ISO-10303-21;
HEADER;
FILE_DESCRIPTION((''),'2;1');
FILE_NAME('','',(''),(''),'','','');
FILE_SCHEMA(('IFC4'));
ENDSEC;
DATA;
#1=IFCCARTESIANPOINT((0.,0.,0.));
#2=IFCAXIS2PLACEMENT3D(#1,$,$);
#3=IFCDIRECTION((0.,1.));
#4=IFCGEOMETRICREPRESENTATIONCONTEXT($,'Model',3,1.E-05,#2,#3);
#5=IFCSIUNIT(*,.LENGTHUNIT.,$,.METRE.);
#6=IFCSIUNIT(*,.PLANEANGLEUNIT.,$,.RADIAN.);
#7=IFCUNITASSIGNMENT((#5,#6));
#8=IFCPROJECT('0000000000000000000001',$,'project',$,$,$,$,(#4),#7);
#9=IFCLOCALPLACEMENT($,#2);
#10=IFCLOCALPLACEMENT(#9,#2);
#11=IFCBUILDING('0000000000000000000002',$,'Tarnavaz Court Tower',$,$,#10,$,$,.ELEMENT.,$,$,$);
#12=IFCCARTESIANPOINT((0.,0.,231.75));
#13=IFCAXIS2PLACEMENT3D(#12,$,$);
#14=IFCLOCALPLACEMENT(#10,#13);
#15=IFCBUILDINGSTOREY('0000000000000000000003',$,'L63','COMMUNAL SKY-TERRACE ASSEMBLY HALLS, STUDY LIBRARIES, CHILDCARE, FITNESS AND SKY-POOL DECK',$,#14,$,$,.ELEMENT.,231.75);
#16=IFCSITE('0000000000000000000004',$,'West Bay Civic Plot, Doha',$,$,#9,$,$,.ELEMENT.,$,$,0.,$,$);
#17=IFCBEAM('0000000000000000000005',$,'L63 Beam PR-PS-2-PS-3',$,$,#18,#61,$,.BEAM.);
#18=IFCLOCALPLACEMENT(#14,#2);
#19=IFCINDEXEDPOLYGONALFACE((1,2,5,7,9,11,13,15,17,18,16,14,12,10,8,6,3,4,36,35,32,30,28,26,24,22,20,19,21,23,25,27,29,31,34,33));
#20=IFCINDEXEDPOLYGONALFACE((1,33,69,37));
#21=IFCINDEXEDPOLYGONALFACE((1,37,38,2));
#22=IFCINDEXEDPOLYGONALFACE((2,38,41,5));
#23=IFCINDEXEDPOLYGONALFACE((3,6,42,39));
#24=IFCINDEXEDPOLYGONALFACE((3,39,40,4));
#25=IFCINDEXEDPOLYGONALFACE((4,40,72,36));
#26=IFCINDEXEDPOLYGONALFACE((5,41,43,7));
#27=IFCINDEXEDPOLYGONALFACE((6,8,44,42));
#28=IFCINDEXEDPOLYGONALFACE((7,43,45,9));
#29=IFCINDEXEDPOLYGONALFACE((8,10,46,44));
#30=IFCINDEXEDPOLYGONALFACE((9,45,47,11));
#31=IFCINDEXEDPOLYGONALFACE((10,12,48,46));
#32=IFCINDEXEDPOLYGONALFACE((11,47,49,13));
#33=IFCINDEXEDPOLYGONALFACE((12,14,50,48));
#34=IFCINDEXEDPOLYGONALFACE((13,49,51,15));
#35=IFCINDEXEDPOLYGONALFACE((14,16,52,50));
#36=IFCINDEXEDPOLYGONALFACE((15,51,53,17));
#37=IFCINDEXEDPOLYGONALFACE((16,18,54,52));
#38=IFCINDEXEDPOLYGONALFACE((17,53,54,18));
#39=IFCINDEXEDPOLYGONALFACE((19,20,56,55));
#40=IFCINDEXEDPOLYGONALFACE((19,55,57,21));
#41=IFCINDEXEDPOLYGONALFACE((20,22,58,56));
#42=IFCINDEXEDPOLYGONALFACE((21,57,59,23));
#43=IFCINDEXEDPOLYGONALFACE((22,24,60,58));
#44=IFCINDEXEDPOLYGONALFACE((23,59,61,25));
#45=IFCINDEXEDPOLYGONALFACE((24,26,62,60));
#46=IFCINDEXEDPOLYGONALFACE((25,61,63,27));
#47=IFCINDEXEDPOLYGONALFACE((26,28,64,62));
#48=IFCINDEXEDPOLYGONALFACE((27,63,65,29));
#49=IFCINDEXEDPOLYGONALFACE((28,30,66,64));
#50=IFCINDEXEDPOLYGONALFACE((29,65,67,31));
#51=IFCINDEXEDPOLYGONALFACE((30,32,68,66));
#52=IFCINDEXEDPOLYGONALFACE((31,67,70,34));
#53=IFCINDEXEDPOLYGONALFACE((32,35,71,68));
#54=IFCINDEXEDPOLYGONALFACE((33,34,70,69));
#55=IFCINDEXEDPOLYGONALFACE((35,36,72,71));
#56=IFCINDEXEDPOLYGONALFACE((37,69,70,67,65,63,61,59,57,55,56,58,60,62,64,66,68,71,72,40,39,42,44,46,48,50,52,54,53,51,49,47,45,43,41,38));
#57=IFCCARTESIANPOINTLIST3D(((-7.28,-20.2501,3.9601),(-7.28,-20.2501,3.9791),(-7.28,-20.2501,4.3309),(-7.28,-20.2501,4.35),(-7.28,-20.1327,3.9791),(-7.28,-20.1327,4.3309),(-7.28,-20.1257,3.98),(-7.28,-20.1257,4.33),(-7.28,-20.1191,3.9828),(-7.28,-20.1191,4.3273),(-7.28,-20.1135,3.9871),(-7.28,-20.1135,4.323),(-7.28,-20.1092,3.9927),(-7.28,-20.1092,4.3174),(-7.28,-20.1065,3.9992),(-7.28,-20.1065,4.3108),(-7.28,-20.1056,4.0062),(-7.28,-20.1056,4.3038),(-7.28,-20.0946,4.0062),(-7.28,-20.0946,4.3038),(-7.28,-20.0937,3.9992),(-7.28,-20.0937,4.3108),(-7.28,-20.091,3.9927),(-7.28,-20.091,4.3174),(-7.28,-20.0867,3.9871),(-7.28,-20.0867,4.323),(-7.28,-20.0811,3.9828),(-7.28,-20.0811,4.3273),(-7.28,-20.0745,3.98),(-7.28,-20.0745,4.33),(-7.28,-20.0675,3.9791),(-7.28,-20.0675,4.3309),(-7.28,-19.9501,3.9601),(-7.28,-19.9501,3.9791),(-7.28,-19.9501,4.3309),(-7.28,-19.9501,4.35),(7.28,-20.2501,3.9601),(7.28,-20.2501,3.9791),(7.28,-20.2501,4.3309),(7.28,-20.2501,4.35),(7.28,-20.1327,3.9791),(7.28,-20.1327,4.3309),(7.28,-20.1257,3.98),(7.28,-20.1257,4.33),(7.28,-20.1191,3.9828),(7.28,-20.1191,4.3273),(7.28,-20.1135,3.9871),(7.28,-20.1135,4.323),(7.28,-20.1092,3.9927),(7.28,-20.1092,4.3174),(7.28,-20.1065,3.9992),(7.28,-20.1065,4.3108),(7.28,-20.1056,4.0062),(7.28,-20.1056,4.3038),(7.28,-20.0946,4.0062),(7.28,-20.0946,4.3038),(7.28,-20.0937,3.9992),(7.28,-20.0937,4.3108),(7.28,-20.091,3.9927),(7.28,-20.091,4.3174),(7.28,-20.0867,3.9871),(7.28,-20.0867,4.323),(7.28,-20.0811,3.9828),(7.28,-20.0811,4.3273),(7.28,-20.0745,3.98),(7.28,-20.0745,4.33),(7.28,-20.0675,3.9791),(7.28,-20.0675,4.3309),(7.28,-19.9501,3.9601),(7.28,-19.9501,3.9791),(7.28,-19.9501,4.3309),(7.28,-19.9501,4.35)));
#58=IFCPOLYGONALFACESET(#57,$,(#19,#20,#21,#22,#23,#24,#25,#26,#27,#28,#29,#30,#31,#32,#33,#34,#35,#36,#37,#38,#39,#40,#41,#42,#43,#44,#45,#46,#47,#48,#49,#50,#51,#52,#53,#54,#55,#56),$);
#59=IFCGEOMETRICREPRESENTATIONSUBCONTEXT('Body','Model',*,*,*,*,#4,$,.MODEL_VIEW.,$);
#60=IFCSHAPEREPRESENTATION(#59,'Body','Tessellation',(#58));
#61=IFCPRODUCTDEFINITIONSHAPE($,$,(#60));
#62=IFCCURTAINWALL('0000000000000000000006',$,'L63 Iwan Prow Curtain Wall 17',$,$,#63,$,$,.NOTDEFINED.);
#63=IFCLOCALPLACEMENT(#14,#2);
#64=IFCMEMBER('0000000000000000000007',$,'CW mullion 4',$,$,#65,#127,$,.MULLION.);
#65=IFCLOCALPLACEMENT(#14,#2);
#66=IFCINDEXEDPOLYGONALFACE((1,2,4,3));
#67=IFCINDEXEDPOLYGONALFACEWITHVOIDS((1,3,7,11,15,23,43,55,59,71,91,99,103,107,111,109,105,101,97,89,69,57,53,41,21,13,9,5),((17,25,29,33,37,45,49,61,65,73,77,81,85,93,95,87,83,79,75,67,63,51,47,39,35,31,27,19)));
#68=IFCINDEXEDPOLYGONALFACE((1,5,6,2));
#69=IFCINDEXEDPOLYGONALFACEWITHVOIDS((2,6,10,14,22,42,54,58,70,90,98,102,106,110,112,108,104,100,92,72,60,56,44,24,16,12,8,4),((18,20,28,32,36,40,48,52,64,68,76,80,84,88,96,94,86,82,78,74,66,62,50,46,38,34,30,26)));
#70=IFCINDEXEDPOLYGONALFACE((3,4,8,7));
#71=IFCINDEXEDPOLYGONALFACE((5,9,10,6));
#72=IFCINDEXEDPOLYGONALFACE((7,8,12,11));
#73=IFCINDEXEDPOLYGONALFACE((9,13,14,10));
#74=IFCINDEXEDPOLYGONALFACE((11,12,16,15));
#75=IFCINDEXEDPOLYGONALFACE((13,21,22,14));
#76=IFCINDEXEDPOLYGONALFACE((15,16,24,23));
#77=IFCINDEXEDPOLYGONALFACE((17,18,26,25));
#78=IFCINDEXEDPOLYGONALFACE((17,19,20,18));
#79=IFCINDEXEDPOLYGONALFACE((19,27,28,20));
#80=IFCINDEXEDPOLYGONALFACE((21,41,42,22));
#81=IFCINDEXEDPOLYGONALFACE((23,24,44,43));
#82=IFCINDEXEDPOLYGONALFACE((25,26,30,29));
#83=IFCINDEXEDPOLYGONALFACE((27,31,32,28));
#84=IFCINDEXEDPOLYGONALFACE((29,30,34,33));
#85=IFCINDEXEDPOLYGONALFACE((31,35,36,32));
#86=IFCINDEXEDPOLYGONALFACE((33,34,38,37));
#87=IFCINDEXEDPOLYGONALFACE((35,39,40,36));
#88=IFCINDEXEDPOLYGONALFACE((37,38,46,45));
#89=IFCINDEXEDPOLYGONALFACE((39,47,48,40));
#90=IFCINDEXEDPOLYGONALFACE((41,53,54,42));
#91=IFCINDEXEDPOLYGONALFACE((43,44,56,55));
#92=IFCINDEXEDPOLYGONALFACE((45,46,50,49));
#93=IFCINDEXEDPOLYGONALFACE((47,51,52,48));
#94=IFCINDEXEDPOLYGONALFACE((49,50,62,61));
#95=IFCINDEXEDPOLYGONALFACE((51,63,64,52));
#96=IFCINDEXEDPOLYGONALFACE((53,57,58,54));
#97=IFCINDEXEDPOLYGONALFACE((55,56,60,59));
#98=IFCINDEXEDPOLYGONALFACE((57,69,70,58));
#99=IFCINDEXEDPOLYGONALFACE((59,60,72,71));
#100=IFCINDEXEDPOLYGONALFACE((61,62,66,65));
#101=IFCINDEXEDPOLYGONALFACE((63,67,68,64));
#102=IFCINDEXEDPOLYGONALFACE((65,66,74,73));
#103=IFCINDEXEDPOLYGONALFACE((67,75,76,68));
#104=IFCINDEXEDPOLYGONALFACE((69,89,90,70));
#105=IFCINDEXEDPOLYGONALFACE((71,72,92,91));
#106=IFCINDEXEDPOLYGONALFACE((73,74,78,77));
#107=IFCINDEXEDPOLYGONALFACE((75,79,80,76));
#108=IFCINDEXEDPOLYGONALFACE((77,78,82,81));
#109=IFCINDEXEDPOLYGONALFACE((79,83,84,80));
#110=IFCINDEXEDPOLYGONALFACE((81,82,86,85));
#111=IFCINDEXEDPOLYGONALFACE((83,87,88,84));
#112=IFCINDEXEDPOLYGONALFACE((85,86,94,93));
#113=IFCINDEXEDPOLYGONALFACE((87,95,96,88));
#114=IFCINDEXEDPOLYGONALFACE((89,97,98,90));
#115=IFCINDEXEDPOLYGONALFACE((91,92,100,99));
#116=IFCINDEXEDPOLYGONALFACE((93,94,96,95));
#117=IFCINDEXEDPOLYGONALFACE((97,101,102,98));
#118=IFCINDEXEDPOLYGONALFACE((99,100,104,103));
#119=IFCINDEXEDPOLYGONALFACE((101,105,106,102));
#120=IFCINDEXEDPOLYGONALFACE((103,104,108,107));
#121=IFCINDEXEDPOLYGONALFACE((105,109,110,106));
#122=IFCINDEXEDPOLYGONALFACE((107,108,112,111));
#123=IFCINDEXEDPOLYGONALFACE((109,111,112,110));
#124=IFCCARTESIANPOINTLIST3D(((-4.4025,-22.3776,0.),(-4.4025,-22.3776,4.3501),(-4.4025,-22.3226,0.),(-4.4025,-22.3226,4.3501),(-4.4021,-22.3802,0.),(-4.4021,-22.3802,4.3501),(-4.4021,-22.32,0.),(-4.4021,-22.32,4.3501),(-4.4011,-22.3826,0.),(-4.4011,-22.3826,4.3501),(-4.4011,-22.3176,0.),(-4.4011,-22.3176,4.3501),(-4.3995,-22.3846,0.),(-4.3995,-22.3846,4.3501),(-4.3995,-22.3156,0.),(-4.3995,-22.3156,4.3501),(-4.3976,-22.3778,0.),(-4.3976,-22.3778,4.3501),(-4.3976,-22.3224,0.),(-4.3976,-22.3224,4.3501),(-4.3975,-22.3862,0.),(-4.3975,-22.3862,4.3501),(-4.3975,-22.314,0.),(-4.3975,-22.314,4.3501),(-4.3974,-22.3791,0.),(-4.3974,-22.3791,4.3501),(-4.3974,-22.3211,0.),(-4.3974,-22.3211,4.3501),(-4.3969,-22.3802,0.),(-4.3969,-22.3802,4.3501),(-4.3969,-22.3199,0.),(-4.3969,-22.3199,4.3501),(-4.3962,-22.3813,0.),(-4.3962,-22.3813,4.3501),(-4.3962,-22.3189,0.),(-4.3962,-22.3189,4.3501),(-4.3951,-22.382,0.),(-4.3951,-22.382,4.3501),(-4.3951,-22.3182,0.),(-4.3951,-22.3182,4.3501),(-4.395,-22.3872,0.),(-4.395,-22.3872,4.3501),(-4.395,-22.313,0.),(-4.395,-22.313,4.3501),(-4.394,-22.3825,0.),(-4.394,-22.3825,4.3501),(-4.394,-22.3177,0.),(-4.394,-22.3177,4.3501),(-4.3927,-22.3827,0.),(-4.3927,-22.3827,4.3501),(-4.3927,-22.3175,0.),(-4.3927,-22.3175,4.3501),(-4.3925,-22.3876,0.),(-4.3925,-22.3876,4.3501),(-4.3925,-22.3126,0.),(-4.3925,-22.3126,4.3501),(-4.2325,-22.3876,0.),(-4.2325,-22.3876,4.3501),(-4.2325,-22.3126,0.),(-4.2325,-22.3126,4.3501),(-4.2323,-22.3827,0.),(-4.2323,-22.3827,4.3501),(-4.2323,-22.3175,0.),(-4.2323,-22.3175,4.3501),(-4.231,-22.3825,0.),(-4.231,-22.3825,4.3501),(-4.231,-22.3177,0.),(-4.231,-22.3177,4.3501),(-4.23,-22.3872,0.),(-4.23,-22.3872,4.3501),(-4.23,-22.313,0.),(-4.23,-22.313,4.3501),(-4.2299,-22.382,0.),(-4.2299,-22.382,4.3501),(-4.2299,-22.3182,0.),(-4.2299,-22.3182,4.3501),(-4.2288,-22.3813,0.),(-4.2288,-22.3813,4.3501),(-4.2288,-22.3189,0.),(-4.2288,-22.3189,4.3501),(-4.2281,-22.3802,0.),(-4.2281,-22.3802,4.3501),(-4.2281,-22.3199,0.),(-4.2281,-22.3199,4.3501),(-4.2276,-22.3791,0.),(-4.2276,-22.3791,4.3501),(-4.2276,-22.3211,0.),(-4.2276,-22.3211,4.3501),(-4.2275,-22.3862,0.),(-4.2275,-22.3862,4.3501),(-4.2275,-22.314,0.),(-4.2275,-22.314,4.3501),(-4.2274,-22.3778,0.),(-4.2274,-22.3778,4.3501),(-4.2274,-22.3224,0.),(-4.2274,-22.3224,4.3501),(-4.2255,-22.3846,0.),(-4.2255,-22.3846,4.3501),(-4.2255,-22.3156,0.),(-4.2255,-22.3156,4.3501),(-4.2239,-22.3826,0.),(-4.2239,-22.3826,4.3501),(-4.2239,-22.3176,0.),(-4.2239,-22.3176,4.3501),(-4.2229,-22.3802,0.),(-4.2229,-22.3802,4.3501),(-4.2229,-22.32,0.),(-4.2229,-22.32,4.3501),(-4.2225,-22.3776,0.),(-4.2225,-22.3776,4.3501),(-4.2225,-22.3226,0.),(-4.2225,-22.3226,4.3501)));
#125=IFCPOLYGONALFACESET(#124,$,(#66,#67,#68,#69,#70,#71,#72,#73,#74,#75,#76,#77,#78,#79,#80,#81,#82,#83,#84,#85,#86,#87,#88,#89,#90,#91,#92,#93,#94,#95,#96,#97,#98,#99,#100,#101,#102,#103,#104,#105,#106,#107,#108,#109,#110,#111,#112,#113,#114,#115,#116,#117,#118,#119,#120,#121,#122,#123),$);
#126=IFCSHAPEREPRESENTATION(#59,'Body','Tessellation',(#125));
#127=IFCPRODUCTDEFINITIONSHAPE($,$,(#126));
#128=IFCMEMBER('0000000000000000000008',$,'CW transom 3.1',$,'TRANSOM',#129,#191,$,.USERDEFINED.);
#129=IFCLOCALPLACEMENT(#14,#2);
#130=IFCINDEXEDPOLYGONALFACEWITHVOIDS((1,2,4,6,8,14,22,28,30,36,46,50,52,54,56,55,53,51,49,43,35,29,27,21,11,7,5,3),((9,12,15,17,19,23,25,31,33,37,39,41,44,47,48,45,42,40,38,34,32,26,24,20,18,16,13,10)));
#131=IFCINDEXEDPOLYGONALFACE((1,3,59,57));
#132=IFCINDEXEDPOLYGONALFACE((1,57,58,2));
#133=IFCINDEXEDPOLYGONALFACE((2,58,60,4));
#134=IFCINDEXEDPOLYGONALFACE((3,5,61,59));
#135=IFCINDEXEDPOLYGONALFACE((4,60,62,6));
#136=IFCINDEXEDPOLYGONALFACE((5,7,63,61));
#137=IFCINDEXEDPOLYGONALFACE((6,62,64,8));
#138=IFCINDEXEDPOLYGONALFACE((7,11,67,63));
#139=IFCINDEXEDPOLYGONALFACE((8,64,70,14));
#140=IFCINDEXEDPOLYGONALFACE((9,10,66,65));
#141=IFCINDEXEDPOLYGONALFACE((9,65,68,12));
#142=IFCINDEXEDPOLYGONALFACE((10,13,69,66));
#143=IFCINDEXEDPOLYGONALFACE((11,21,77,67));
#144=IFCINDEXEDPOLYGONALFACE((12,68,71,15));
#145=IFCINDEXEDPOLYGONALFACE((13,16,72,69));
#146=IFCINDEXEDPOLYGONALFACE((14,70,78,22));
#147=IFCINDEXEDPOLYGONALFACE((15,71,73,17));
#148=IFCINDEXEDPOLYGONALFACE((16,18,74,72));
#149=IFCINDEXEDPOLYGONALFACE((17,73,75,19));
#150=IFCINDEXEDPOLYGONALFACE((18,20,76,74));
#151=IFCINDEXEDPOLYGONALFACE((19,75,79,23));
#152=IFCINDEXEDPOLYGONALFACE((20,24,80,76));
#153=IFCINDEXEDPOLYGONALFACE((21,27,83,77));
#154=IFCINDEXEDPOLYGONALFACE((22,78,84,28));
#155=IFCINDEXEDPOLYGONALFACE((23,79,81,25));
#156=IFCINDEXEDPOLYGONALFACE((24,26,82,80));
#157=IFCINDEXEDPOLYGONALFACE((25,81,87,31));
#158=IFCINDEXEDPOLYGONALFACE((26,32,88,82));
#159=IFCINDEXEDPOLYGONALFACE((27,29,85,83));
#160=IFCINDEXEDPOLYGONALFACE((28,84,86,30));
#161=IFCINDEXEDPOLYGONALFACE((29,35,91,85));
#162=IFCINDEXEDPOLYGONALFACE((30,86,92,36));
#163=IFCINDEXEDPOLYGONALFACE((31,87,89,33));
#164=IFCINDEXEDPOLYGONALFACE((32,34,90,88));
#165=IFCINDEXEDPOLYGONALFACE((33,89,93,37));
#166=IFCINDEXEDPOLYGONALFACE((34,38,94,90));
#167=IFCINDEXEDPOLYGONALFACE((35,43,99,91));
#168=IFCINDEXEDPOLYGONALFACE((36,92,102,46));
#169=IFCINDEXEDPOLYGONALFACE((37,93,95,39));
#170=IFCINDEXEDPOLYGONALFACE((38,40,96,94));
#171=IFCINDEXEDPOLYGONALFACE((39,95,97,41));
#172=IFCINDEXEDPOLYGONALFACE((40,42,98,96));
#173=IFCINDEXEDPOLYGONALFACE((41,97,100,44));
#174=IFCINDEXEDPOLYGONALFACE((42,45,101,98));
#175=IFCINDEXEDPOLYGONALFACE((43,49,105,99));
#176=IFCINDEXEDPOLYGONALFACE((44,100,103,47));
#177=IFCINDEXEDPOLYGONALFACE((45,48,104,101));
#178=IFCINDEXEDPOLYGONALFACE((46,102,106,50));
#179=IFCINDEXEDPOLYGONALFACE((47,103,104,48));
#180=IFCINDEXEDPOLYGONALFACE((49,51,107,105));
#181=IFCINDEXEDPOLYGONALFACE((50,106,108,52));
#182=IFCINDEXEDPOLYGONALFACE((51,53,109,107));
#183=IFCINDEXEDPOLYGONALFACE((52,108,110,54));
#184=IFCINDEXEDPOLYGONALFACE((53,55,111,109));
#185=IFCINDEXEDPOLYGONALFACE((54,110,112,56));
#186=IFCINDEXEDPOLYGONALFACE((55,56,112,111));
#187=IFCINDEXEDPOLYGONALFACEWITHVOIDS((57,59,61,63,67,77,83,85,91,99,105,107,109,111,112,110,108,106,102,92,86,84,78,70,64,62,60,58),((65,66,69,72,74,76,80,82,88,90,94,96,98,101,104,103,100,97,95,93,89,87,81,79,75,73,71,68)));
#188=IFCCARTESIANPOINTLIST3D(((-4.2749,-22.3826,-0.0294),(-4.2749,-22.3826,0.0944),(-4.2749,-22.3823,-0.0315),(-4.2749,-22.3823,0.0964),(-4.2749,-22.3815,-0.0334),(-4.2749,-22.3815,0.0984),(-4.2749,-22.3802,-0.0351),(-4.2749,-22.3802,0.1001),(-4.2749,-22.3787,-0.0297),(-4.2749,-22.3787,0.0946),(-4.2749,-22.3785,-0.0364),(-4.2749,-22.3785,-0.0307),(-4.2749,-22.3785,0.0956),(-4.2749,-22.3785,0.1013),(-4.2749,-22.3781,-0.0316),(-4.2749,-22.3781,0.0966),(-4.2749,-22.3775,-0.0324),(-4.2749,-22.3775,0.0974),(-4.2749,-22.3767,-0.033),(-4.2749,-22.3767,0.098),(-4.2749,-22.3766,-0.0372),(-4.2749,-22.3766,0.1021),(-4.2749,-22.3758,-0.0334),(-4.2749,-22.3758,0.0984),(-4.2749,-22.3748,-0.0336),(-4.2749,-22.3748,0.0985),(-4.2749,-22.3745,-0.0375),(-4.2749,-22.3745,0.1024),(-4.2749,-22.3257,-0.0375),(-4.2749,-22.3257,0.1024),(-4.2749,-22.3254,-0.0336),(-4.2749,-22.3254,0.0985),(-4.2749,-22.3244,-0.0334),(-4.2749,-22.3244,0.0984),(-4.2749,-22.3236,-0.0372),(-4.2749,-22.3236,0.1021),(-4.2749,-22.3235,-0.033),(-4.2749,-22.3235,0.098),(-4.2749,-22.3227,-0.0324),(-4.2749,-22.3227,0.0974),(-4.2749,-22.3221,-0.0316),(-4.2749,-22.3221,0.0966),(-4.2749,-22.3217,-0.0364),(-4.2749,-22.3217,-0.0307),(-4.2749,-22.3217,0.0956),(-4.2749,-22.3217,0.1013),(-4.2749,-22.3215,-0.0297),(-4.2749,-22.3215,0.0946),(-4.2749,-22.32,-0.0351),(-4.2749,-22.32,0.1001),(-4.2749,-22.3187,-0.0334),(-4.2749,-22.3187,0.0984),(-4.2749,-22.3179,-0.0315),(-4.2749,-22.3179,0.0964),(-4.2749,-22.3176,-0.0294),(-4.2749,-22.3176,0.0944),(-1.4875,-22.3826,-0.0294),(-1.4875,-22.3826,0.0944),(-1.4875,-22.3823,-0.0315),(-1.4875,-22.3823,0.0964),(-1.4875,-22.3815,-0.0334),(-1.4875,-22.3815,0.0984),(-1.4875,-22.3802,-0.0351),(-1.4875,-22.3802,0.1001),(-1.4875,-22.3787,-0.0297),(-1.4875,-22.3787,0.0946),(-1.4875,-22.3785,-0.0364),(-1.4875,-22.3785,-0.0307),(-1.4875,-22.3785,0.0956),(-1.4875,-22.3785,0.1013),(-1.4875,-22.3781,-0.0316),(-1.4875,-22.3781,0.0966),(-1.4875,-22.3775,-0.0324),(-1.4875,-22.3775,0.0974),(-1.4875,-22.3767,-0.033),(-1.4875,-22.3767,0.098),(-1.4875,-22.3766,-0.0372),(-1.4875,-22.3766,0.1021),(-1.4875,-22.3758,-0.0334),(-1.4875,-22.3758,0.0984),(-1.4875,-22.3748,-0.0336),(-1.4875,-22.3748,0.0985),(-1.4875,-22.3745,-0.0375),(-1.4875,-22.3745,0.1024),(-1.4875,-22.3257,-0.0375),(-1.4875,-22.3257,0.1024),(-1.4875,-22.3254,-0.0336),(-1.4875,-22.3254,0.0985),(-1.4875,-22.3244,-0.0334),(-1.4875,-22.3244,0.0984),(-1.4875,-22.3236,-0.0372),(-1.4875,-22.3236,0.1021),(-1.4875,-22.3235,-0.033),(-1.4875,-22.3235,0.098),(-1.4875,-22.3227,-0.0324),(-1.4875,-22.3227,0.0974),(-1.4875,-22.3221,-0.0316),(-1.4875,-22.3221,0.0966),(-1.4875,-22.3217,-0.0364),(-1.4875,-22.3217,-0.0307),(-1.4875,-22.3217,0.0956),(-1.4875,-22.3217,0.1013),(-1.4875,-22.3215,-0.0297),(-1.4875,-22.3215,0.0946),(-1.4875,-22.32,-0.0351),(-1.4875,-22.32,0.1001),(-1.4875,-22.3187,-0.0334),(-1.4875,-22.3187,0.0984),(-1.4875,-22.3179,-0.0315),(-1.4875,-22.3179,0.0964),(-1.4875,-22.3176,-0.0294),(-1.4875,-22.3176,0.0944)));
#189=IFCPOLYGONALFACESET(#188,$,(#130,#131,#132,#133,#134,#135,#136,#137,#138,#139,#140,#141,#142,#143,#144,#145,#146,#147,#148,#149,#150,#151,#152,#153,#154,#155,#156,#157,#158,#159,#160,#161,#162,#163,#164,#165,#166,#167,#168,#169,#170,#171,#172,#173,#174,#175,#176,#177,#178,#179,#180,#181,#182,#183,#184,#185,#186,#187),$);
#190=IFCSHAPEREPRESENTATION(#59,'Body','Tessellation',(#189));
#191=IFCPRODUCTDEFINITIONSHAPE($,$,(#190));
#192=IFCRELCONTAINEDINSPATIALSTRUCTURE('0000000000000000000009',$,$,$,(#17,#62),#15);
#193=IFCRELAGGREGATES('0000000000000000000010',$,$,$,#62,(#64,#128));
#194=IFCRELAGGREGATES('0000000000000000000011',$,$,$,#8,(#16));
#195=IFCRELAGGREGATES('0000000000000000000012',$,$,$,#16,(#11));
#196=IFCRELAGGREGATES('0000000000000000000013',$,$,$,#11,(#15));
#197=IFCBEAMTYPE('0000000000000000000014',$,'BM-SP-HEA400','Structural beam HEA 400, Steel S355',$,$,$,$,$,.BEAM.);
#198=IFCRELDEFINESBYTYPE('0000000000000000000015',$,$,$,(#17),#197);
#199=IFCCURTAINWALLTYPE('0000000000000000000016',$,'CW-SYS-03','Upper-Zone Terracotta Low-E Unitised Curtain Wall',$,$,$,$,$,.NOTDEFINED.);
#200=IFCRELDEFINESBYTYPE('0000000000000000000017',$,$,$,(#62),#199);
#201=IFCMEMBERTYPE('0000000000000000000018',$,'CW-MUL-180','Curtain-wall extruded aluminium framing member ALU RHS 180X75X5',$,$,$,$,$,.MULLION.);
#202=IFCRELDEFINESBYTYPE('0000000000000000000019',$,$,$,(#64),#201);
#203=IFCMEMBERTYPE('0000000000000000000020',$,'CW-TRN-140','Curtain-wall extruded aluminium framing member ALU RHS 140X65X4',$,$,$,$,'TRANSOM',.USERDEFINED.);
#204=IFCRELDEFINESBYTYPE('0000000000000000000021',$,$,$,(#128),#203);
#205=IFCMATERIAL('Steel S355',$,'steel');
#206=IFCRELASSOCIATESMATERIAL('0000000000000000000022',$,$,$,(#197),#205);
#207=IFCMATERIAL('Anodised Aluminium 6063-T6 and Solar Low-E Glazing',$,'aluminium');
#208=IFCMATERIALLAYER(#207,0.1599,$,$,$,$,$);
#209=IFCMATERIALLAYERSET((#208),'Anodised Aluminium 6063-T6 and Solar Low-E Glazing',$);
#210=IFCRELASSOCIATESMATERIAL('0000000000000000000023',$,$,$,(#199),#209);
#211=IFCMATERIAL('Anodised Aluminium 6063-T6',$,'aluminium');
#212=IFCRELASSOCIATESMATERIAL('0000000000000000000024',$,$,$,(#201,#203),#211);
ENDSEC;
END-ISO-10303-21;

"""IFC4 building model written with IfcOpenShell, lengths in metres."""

from ifc_helpers import new_model, si_unit, direction, frame, origin, origin_2d, place, context, subcontext, project, spatial, hollow_rectangle, i_section, extrude, material, layer, layer_set, material_profile, profile_set, type_object, element, aggregate, save


model = new_model("IFC4")

# Units and contexts
model_context = context("Model", 3, precision=1e-05, world=origin(), true_north=direction((0.0, 1.0)))
body_context = subcontext(model_context, "Body", "Model", "MODEL_VIEW")
ifc_project = project(units=[si_unit("LENGTHUNIT", "METRE"), si_unit("PLANEANGLEUNIT", "RADIAN")], contexts=[model_context])

# Site, building, storey
site_placement = place(None, origin())
site = spatial("IfcSite", under=ifc_project, at=site_placement, Name="West Bay Civic Plot, Doha", CompositionType="ELEMENT", RefElevation=0.0)
building_placement = place(site_placement, origin())
building = spatial("IfcBuilding", under=site, at=building_placement, Name="Tarnavaz Court Tower", CompositionType="ELEMENT")
storey_placement = place(building_placement, frame((0.0, 0.0, 231.75)))
storey = spatial("IfcBuildingStorey", under=building, at=storey_placement, Name="L63", Description="COMMUNAL SKY-TERRACE ASSEMBLY HALLS, STUDY LIBRARIES, CHILDCARE, FITNESS AND SKY-POOL DECK", CompositionType="ELEMENT", Elevation=231.75)

# Beam
ifc_material_1 = material(Name="Steel S355", Category="steel")
ifc_material_profile_1 = material_profile(ifc_material_1, i_section(OverallWidth=0.3, OverallDepth=0.3899, WebThickness=0.011, FlangeThickness=0.019, FilletRadius=0.0271, at=origin_2d()), Name="HEA 400")
ifc_profile_set_1 = profile_set([ifc_material_profile_1], Name="Steel S355")
beam_type_1 = type_object("IfcBeamType", Name="BM-SP-HEA400", Description="Structural beam HEA 400, Steel S355", PredefinedType="BEAM", material=ifc_profile_set_1)
beam_1_placement = place(storey_placement, frame((-7.28, -20.1001, 4.155), z_axis=(1.0, 0.0, 0.0), x_axis=(0.0, 1.0, 0.0)))
element("IfcBeam", 1, at=beam_1_placement, inside=storey, type_object=beam_type_1, Name="L63 Beam PR-PS-2-PS-3", PredefinedType="BEAM", context=body_context, shape_type="SweptSolid", body=[
    extrude(i_section(OverallWidth=0.3, OverallDepth=0.3899, WebThickness=0.011, FlangeThickness=0.019, FilletRadius=0.0271, at=origin_2d()), origin(), (0.0, 0.0, 1.0), 14.5601),
])

# Curtain wall, members
ifc_material_2 = material(Name="Anodised Aluminium 6063-T6 and Solar Low-E Glazing", Category="aluminium")
ifc_layer_1 = layer(ifc_material_2, 0.1599)
ifc_layer_set_1 = layer_set([ifc_layer_1], Name="Anodised Aluminium 6063-T6 and Solar Low-E Glazing")
curtain_wall_type = type_object("IfcCurtainWallType", Name="CW-SYS-03", Description="Upper-Zone Terracotta Low-E Unitised Curtain Wall", PredefinedType="NOTDEFINED", material=ifc_layer_set_1)
curtain_wall_placement = place(storey_placement, origin())
curtain_wall = element("IfcCurtainWall", 2, at=curtain_wall_placement, inside=storey, type_object=curtain_wall_type, Name="L63 Iwan Prow Curtain Wall 17", PredefinedType="NOTDEFINED")
ifc_material_3 = material(Name="Anodised Aluminium 6063-T6", Category="aluminium")
ifc_material_profile_2 = material_profile(ifc_material_3, hollow_rectangle(XDim=0.075, YDim=0.1799, WallThickness=0.0049, InnerFilletRadius=0.0049, OuterFilletRadius=0.01, at=origin_2d()), Name="ALU RHS 180X75X5")
ifc_profile_set_2 = profile_set([ifc_material_profile_2], Name="Anodised Aluminium 6063-T6")
member_type_1 = type_object("IfcMemberType", Name="CW-MUL-180", Description="Curtain-wall extruded aluminium framing member ALU RHS 180X75X5", PredefinedType="MULLION", material=ifc_profile_set_2)
member_1_placement = place(storey_placement, frame((-4.3125, -22.3501, 0.0), z_axis=(0.0, 0.0, 1.0), x_axis=(0.0, -1.0, 0.0)))
member_1 = element("IfcMember", 3, at=member_1_placement, type_object=member_type_1, Name="CW mullion 4", PredefinedType="MULLION", context=body_context, shape_type="SweptSolid", body=[
    extrude(hollow_rectangle(XDim=0.075, YDim=0.1799, WallThickness=0.0049, InnerFilletRadius=0.0049, OuterFilletRadius=0.01, at=origin_2d()), origin(), (0.0, 0.0, 1.0), 4.3501),
])
ifc_material_profile_3 = material_profile(ifc_material_3, hollow_rectangle(XDim=0.0649, YDim=0.1399, WallThickness=0.0039, InnerFilletRadius=0.0039, OuterFilletRadius=0.0081, at=origin_2d()), Name="ALU RHS 140X65X4")
ifc_profile_set_3 = profile_set([ifc_material_profile_3], Name="Anodised Aluminium 6063-T6")
member_type_2 = type_object("IfcMemberType", Name="CW-TRN-140", Description="Curtain-wall extruded aluminium framing member ALU RHS 140X65X4", ElementType="TRANSOM", PredefinedType="USERDEFINED", material=ifc_profile_set_3)
member_2_placement = place(storey_placement, frame((-1.4875, -22.3501, 0.0325), z_axis=(-1.0, 0.0, 0.0), x_axis=(0.0, -1.0, 0.0)))
member_2 = element("IfcMember", 4, at=member_2_placement, type_object=member_type_2, Name="CW transom 3.1", ObjectType="TRANSOM", PredefinedType="USERDEFINED", context=body_context, shape_type="SweptSolid", body=[
    extrude(hollow_rectangle(XDim=0.0649, YDim=0.1399, WallThickness=0.0039, InnerFilletRadius=0.0039, OuterFilletRadius=0.0081, at=origin_2d()), origin(), (0.0, 0.0, 1.0), 2.7874),
])
aggregate(curtain_wall, [member_1, member_2])

save(model, "model.ifc")
